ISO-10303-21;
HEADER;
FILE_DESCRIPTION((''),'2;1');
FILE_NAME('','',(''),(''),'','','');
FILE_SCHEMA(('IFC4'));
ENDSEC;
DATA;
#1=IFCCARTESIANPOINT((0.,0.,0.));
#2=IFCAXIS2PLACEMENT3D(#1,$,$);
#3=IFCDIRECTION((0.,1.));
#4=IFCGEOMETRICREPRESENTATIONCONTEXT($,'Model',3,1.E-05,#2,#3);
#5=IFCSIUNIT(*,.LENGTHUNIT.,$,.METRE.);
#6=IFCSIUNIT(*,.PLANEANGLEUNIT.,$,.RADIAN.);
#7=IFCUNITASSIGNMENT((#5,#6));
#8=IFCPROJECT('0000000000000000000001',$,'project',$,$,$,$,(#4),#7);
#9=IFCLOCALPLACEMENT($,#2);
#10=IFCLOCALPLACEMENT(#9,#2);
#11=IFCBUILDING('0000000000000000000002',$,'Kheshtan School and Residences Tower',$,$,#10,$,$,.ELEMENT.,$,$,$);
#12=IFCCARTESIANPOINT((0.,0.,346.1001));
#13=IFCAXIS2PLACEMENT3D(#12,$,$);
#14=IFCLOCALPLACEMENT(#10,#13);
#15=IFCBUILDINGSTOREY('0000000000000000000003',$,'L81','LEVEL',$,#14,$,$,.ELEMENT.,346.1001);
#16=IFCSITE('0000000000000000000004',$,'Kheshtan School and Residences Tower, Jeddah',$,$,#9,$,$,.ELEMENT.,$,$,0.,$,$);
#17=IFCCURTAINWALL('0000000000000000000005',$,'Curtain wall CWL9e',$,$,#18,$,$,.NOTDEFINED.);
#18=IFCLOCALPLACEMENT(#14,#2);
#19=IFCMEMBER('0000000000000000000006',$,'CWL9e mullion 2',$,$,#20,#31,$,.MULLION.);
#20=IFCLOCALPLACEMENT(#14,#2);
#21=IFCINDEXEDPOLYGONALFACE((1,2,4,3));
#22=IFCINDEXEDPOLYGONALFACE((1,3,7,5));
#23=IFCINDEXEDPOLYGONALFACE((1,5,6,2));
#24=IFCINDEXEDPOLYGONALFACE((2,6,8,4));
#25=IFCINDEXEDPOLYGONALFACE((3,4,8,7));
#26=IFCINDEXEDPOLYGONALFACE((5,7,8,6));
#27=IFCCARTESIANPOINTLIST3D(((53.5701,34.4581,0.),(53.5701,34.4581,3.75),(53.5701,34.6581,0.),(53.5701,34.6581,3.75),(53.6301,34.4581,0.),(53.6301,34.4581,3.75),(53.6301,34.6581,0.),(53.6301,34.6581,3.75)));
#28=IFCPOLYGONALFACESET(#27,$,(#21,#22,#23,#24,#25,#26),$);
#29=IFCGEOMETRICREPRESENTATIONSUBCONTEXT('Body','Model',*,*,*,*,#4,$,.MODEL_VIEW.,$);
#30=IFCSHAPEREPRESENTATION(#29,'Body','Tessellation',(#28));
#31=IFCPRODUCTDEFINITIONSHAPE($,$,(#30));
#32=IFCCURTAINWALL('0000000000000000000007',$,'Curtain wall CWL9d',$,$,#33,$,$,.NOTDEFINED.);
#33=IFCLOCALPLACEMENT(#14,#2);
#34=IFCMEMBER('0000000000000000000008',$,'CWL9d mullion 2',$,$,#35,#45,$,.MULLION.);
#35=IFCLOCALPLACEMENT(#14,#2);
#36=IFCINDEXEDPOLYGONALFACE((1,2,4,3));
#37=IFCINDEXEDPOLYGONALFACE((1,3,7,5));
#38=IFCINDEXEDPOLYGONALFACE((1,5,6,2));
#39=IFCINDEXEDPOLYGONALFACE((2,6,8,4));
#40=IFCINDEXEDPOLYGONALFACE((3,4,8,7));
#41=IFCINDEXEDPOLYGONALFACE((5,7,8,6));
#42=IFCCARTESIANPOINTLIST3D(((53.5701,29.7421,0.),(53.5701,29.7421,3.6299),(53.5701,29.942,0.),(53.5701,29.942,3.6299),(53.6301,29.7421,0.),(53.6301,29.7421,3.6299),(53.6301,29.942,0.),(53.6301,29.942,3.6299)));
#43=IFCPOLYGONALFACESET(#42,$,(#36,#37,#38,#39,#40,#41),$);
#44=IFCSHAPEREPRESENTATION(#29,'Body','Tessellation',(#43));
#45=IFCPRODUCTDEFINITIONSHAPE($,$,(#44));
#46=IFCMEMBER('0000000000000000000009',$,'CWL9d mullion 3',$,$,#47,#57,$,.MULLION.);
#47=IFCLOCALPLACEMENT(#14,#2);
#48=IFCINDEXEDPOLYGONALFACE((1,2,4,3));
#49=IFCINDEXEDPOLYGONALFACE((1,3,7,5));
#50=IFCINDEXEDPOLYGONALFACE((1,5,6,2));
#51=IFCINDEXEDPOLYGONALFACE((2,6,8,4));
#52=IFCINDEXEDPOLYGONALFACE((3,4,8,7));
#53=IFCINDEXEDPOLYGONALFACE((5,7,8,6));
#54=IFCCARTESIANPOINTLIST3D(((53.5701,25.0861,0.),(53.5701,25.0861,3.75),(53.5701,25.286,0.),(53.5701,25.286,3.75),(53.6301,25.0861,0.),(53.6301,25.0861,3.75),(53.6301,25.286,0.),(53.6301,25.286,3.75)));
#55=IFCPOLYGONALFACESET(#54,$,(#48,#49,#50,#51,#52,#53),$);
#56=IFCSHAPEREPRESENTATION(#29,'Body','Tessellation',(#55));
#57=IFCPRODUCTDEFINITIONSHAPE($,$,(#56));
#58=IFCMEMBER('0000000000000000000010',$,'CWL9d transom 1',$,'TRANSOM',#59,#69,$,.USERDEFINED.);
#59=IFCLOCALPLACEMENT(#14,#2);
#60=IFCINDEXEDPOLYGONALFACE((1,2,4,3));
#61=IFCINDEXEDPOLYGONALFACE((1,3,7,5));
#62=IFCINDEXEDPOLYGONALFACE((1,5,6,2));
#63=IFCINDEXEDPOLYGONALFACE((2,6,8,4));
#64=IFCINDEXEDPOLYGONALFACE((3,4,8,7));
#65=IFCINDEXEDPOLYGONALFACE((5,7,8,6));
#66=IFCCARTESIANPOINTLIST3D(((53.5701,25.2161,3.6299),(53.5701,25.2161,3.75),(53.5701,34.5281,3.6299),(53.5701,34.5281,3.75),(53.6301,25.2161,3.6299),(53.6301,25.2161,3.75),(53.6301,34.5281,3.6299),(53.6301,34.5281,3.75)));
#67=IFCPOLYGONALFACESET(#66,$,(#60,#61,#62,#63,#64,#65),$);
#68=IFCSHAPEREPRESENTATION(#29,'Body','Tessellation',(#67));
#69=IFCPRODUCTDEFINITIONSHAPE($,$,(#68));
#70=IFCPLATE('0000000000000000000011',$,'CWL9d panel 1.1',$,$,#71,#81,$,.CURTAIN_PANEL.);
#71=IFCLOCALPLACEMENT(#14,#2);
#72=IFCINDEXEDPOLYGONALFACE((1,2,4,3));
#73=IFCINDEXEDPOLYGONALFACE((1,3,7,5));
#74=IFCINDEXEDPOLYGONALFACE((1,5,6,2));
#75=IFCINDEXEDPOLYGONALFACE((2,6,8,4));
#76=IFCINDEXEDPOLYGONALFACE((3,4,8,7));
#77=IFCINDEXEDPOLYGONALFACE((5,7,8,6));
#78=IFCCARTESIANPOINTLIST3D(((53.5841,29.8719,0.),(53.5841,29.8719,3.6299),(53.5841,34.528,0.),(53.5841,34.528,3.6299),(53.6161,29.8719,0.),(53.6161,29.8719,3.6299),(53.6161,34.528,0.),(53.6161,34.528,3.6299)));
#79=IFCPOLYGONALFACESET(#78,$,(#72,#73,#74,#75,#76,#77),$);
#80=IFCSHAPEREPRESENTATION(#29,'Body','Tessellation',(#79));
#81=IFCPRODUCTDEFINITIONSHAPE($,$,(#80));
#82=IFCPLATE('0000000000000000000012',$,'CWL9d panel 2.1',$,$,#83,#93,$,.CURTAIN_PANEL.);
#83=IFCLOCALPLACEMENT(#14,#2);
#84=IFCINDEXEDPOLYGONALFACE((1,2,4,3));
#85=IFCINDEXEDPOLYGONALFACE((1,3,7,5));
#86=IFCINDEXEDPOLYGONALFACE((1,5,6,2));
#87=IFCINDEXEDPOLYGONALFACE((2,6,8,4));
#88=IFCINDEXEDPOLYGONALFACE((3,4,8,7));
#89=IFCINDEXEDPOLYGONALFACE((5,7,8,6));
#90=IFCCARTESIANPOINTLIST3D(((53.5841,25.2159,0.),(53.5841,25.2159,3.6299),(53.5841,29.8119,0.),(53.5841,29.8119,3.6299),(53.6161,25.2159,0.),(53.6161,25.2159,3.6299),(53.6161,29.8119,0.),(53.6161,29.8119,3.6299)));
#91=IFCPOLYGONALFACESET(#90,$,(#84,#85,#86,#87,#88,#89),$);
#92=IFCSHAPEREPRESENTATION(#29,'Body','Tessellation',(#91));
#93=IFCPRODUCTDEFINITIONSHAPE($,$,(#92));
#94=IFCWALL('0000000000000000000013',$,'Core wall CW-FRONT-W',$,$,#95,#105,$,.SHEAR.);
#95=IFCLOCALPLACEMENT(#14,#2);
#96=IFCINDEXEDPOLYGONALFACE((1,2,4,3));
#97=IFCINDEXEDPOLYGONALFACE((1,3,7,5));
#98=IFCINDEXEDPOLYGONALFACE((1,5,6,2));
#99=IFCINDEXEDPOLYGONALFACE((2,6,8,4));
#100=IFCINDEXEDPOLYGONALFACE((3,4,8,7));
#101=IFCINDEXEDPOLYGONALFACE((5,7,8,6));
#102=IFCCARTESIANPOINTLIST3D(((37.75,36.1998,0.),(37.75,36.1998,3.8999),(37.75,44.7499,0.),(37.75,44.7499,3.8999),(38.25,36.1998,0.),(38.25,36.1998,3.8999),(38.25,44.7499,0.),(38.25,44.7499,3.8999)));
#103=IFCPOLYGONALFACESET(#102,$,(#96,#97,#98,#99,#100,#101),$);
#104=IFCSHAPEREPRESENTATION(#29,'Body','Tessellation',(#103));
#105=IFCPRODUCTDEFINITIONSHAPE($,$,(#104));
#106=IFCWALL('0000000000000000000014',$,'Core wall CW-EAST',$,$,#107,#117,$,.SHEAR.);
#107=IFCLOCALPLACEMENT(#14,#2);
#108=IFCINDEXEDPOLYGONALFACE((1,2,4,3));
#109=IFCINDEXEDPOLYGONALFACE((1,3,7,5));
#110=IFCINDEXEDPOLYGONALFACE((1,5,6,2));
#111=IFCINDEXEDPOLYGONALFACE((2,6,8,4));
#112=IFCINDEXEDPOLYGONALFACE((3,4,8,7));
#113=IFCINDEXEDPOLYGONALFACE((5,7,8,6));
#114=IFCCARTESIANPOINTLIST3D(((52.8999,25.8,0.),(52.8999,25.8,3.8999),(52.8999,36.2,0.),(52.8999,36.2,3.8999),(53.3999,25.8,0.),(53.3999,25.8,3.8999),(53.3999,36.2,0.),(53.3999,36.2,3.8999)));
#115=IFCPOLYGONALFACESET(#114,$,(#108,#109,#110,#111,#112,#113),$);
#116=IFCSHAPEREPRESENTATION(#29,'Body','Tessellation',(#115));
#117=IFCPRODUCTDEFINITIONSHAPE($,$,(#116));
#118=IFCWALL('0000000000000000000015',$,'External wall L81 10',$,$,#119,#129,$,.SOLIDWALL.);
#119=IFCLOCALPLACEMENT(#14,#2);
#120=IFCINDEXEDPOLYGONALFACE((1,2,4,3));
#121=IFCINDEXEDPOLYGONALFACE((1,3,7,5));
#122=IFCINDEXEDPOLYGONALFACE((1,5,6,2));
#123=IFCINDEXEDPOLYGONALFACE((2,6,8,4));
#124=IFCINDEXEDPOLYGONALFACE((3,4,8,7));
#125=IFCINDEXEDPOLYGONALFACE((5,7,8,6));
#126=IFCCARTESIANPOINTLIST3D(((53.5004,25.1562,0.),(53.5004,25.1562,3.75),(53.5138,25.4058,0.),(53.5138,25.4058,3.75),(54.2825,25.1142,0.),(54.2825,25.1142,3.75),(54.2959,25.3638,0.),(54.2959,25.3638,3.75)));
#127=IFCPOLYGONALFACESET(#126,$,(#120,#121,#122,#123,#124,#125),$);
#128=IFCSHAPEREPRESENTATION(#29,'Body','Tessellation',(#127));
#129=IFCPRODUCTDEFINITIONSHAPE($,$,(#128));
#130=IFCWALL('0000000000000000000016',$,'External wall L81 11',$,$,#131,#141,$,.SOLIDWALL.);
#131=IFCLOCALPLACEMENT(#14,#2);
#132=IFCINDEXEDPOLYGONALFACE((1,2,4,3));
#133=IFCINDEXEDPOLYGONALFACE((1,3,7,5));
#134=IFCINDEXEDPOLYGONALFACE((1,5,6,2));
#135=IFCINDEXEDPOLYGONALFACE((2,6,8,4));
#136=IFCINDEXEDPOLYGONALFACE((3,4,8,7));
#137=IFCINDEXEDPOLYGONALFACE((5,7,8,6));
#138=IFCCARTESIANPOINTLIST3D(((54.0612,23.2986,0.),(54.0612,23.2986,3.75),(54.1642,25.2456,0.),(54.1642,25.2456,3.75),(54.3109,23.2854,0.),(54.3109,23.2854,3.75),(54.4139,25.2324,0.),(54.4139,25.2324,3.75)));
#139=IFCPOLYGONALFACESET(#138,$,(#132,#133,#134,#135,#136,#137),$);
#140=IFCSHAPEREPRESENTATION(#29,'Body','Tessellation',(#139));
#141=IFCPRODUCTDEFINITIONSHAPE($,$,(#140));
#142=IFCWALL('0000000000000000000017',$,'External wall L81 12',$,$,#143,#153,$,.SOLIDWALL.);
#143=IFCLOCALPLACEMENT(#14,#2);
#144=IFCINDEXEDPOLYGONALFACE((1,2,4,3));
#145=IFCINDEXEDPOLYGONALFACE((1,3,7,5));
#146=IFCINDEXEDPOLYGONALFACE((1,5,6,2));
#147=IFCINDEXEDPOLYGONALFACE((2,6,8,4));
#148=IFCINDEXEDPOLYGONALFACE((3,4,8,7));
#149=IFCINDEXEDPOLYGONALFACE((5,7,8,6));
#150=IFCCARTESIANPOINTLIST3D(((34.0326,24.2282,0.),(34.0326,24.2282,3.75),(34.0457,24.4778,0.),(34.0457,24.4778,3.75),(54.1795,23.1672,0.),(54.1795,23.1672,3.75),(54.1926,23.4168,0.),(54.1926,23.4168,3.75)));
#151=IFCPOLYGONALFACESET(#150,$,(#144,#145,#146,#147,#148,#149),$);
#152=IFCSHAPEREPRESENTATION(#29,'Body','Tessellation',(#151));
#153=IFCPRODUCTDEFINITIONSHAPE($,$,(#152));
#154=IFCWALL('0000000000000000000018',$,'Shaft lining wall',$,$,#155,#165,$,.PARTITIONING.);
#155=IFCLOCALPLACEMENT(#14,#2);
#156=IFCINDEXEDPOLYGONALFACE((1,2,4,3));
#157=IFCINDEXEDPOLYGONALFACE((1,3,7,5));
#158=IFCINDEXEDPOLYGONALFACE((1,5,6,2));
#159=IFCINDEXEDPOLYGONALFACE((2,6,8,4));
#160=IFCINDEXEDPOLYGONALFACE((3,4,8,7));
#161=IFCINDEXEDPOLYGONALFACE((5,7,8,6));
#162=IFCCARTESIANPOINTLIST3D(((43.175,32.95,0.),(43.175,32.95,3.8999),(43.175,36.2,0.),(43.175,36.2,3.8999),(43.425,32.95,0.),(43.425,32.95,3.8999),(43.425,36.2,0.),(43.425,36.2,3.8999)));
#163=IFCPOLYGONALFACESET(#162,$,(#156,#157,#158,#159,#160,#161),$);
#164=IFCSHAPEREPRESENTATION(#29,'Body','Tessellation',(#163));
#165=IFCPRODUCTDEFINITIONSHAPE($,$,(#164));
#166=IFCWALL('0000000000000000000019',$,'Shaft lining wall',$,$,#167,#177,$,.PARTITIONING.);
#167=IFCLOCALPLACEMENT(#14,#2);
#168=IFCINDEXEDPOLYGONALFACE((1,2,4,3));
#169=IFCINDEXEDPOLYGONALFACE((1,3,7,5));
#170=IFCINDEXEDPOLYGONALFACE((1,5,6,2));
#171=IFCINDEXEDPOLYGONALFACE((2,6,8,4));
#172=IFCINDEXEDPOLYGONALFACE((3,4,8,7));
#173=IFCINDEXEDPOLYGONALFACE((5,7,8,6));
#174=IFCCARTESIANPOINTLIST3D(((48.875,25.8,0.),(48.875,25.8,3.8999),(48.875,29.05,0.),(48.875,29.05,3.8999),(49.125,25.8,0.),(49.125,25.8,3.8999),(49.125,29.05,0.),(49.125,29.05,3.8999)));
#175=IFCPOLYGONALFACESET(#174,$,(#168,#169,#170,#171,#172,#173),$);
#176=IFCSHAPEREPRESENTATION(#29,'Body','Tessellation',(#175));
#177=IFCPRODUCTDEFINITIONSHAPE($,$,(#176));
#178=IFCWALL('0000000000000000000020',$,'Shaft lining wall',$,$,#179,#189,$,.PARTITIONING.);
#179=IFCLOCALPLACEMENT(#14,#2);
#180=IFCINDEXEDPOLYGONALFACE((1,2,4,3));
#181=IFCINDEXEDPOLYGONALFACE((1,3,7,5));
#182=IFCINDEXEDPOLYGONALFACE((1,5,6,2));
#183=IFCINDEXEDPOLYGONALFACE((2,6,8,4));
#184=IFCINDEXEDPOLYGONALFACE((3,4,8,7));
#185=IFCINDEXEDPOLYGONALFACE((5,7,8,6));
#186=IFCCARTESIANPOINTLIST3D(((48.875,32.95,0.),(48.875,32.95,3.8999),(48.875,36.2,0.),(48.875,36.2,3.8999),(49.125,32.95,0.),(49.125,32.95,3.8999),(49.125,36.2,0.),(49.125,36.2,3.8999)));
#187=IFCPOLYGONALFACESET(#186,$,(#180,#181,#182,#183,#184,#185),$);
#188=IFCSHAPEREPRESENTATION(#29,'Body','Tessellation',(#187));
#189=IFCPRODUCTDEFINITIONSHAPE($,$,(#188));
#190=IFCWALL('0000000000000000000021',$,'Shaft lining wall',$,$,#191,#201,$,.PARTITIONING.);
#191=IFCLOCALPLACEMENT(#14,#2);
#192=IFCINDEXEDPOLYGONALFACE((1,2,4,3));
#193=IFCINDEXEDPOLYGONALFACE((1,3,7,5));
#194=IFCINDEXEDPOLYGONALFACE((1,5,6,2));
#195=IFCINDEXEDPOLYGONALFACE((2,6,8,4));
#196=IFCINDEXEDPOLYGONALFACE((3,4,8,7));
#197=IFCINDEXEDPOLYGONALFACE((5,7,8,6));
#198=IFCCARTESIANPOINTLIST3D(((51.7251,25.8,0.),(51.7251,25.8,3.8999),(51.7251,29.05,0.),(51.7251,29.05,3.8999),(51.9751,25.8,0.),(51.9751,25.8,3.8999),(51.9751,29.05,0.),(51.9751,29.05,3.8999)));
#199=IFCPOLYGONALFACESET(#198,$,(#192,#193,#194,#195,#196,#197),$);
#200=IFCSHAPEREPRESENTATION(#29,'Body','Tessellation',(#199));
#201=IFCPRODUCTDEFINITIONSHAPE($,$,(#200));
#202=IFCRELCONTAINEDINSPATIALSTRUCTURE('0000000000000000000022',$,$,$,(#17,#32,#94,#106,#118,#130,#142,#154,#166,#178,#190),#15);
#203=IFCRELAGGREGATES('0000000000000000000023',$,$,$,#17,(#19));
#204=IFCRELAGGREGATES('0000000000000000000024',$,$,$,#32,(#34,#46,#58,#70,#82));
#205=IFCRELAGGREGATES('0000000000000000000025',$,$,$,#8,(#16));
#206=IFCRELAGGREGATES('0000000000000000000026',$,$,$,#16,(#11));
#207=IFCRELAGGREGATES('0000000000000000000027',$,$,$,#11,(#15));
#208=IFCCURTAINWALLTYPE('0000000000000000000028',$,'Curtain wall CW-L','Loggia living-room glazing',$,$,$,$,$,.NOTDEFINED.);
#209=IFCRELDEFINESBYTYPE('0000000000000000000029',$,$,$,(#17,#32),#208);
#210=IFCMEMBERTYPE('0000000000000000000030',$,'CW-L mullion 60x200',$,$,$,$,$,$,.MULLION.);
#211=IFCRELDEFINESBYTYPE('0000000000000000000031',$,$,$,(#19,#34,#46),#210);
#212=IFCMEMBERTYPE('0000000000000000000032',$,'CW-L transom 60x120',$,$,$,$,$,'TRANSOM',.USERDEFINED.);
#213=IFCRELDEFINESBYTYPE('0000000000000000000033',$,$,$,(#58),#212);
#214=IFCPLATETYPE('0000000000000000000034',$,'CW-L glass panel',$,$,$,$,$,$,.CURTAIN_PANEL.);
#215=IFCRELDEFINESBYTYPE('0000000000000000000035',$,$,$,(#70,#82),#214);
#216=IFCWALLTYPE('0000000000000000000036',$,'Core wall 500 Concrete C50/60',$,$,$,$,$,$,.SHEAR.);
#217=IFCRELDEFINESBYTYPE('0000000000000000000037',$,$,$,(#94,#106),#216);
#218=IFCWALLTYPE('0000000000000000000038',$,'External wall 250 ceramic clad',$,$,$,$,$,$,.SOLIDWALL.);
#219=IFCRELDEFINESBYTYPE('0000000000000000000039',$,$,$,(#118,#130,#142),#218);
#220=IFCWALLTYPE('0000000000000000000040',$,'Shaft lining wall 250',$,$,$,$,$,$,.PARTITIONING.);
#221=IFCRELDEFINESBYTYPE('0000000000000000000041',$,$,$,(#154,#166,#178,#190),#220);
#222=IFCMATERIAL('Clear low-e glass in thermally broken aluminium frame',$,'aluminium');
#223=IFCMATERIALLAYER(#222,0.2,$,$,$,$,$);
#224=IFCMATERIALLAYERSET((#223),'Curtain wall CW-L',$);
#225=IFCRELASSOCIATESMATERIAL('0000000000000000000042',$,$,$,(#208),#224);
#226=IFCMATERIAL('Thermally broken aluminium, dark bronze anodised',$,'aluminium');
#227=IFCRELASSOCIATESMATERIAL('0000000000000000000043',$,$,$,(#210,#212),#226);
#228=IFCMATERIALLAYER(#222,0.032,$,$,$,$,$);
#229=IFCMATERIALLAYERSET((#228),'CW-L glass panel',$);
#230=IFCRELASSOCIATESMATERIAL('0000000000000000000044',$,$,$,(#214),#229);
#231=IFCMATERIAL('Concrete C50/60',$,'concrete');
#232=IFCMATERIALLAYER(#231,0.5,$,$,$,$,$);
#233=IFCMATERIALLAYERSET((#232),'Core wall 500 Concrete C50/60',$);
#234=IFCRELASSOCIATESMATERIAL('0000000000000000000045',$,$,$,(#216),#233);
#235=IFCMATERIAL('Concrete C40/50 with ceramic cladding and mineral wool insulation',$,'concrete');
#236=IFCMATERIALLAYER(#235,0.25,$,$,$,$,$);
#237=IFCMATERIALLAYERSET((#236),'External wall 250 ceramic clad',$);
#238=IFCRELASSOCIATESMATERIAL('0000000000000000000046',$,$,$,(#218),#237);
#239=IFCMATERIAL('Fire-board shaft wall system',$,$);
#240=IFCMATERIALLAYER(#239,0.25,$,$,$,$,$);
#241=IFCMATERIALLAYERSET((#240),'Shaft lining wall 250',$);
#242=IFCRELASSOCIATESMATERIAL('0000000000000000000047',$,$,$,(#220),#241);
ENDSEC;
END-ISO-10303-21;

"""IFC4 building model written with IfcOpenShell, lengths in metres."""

from ifc_helpers import new_model, si_unit, direction, frame, frame_2d, origin, origin_2d, place, context, subcontext, project, spatial, rectangle, extrude, material, layer, layer_set, material_profile, profile_set, type_object, element, aggregate, save


model = new_model("IFC4")

# Units and contexts
model_context = context("Model", 3, precision=1e-05, world=origin(), true_north=direction((0.0, 1.0)))
body_context = subcontext(model_context, "Body", "Model", "MODEL_VIEW")
ifc_project = project(units=[si_unit("LENGTHUNIT", "METRE"), si_unit("PLANEANGLEUNIT", "RADIAN")], contexts=[model_context])

# Site, building, storey
site_placement = place(None, origin())
site = spatial("IfcSite", under=ifc_project, at=site_placement, Name="Kheshtan School and Residences Tower, Jeddah", CompositionType="ELEMENT", RefElevation=0.0)
building_placement = place(site_placement, origin())
building = spatial("IfcBuilding", under=site, at=building_placement, Name="Kheshtan School and Residences Tower", CompositionType="ELEMENT")
storey_placement = place(building_placement, frame((0.0, 0.0, 346.1001)))
storey = spatial("IfcBuildingStorey", under=building, at=storey_placement, Name="L81", Description="LEVEL", CompositionType="ELEMENT", Elevation=346.1001)

# Curtain wall, member
ifc_material_1 = material(Name="Clear low-e glass in thermally broken aluminium frame", Category="aluminium")
ifc_layer_1 = layer(ifc_material_1, 0.2)
ifc_layer_set_1 = layer_set([ifc_layer_1], Name="Curtain wall CW-L")
curtain_wall_type = type_object("IfcCurtainWallType", Name="Curtain wall CW-L", Description="Loggia living-room glazing", PredefinedType="NOTDEFINED", material=ifc_layer_set_1)
curtain_wall_1_placement = place(storey_placement, origin())
curtain_wall_1 = element("IfcCurtainWall", 1, at=curtain_wall_1_placement, inside=storey, type_object=curtain_wall_type, Name="Curtain wall CWL9e", PredefinedType="NOTDEFINED")
ifc_material_2 = material(Name="Thermally broken aluminium, dark bronze anodised", Category="aluminium")
ifc_material_profile_1 = material_profile(ifc_material_2, rectangle(XDim=0.0601, YDim=0.2, at=origin_2d()), Name="CW-L mullion 60x200")
ifc_profile_set_1 = profile_set([ifc_material_profile_1], Name="Thermally broken aluminium, dark bronze anodised")
member_type_1 = type_object("IfcMemberType", Name="CW-L mullion 60x200", PredefinedType="MULLION", material=ifc_profile_set_1)
member_1_placement = place(storey_placement, frame((53.6001, 34.5581, 0.0), z_axis=(0.0, 0.0, 1.0), x_axis=(1.0, 0.0, 0.0)))
member_1 = element("IfcMember", 2, at=member_1_placement, type_object=member_type_1, Name="CWL9e mullion 2", PredefinedType="MULLION", context=body_context, shape_type="SweptSolid", body=[
    extrude(rectangle(XDim=0.0601, YDim=0.2, at=origin_2d()), origin(), (0.0, 0.0, 1.0), 3.75),
])
aggregate(curtain_wall_1, [member_1])

# Curtain wall, members, plates
curtain_wall_2_placement = place(storey_placement, origin())
curtain_wall_2 = element("IfcCurtainWall", 3, at=curtain_wall_2_placement, inside=storey, type_object=curtain_wall_type, Name="Curtain wall CWL9d", PredefinedType="NOTDEFINED")
member_2_placement = place(storey_placement, frame((53.6001, 29.842, 0.0), z_axis=(0.0, 0.0, 1.0), x_axis=(1.0, 0.0, 0.0)))
member_2 = element("IfcMember", 4, at=member_2_placement, type_object=member_type_1, Name="CWL9d mullion 2", PredefinedType="MULLION", context=body_context, shape_type="SweptSolid", body=[
    extrude(rectangle(XDim=0.0601, YDim=0.2, at=origin_2d()), origin(), (0.0, 0.0, 1.0), 3.6299),
])
member_3_placement = place(storey_placement, frame((53.6001, 25.186, 0.0), z_axis=(0.0, 0.0, 1.0), x_axis=(1.0, 0.0, 0.0)))
member_3 = element("IfcMember", 5, at=member_3_placement, type_object=member_type_1, Name="CWL9d mullion 3", PredefinedType="MULLION", context=body_context, shape_type="SweptSolid", body=[
    extrude(rectangle(XDim=0.0601, YDim=0.2, at=origin_2d()), origin(), (0.0, 0.0, 1.0), 3.75),
])
ifc_material_profile_2 = material_profile(ifc_material_2, rectangle(XDim=0.0601, YDim=0.1201, at=origin_2d()), Name="CW-L transom 60x120")
ifc_profile_set_2 = profile_set([ifc_material_profile_2], Name="Thermally broken aluminium, dark bronze anodised")
member_type_2 = type_object("IfcMemberType", Name="CW-L transom 60x120", ElementType="TRANSOM", PredefinedType="USERDEFINED", material=ifc_profile_set_2)
member_4_placement = place(storey_placement, frame((53.6001, 34.5281, 3.6899), z_axis=(0.0, -1.0, 0.0), x_axis=(1.0, 0.0, 0.0)))
member_4 = element("IfcMember", 6, at=member_4_placement, type_object=member_type_2, Name="CWL9d transom 1", ObjectType="TRANSOM", PredefinedType="USERDEFINED", context=body_context, shape_type="SweptSolid", body=[
    extrude(rectangle(XDim=0.0601, YDim=0.1201, at=origin_2d()), origin(), (0.0, 0.0, 1.0), 9.312),
])
ifc_layer_2 = layer(ifc_material_1, 0.032)
ifc_layer_set_2 = layer_set([ifc_layer_2], Name="CW-L glass panel")
plate_type = type_object("IfcPlateType", Name="CW-L glass panel", PredefinedType="CURTAIN_PANEL", material=ifc_layer_set_2)
plate_1_placement = place(storey_placement, frame((53.6001, 32.2, 0.0), z_axis=(0.0, 0.0, 1.0), x_axis=(0.0, -1.0, 0.0)))
plate_1 = element("IfcPlate", 7, at=plate_1_placement, type_object=plate_type, Name="CWL9d panel 1.1", PredefinedType="CURTAIN_PANEL", context=body_context, shape_type="SweptSolid", body=[
    extrude(rectangle(XDim=4.656, YDim=0.032, at=origin_2d()), origin(), (0.0, 0.0, 1.0), 3.6299),
])
plate_2_placement = place(storey_placement, frame((53.6001, 27.5139, 0.0), z_axis=(0.0, 0.0, 1.0), x_axis=(0.0, -1.0, 0.0)))
plate_2 = element("IfcPlate", 8, at=plate_2_placement, type_object=plate_type, Name="CWL9d panel 2.1", PredefinedType="CURTAIN_PANEL", context=body_context, shape_type="SweptSolid", body=[
    extrude(rectangle(XDim=4.5959, YDim=0.032, at=origin_2d()), origin(), (0.0, 0.0, 1.0), 3.6299),
])
aggregate(curtain_wall_2, [member_2, member_3, member_4, plate_1, plate_2])

# Walls
ifc_material_3 = material(Name="Concrete C50/60", Category="concrete")
ifc_layer_3 = layer(ifc_material_3, 0.5)
ifc_layer_set_3 = layer_set([ifc_layer_3], Name="Core wall 500 Concrete C50/60")
wall_type_1 = type_object("IfcWallType", Name="Core wall 500 Concrete C50/60", PredefinedType="SHEAR", material=ifc_layer_set_3)
wall_1_placement = place(storey_placement, frame((38.0, 36.2, 0.0), z_axis=(0.0, 0.0, 1.0), x_axis=(0.0, 1.0, 0.0)))
element("IfcWall", 9, at=wall_1_placement, inside=storey, type_object=wall_type_1, Name="Core wall CW-FRONT-W", PredefinedType="SHEAR", context=body_context, shape_type="SweptSolid", body=[
    extrude(rectangle(XDim=8.55, YDim=0.5, at=frame_2d((4.2749, 0.0))), origin(), (0.0, 0.0, 1.0), 3.8999),
])
wall_2_placement = place(storey_placement, frame((53.1499, 25.8, 0.0), z_axis=(0.0, 0.0, 1.0), x_axis=(0.0, 1.0, 0.0)))
element("IfcWall", 10, at=wall_2_placement, inside=storey, type_object=wall_type_1, Name="Core wall CW-EAST", PredefinedType="SHEAR", context=body_context, shape_type="SweptSolid", body=[
    extrude(rectangle(XDim=10.3999, YDim=0.5, at=frame_2d((5.2, 0.0))), origin(), (0.0, 0.0, 1.0), 3.8999),
])
ifc_material_4 = material(Name="Concrete C40/50 with ceramic cladding and mineral wool insulation", Category="concrete")
ifc_layer_4 = layer(ifc_material_4, 0.25)
ifc_layer_set_4 = layer_set([ifc_layer_4], Name="External wall 250 ceramic clad")
wall_type_2 = type_object("IfcWallType", Name="External wall 250 ceramic clad", PredefinedType="SOLIDWALL", material=ifc_layer_set_4)
wall_3_placement = place(storey_placement, frame((53.5071, 25.281, 0.0), z_axis=(0.0, 0.0, 1.0), x_axis=(0.998561, -0.053622, 0.0)))
element("IfcWall", 11, at=wall_3_placement, inside=storey, type_object=wall_type_2, Name="External wall L81 10", PredefinedType="SOLIDWALL", context=body_context, shape_type="SweptSolid", body=[
    extrude(rectangle(XDim=0.7832, YDim=0.25, at=frame_2d((0.3916, 0.0))), origin(), (0.0, 0.0, 1.0), 3.75),
])
wall_4_placement = place(storey_placement, frame((54.2891, 25.239, 0.0), z_axis=(0.0, 0.0, 1.0), x_axis=(-0.052841, -0.998603, 0.0)))
element("IfcWall", 12, at=wall_4_placement, inside=storey, type_object=wall_type_2, Name="External wall L81 11", PredefinedType="SOLIDWALL", context=body_context, shape_type="SweptSolid", body=[
    extrude(rectangle(XDim=1.9497, YDim=0.25, at=frame_2d((0.9749, 0.0))), origin(), (0.0, 0.0, 1.0), 3.75),
])
wall_5_placement = place(storey_placement, frame((54.186, 23.292, 0.0), z_axis=(0.0, 0.0, 1.0), x_axis=(-0.998616, 0.052592, 0.0)))
element("IfcWall", 13, at=wall_5_placement, inside=storey, type_object=wall_type_2, Name="External wall L81 12", PredefinedType="SOLIDWALL", context=body_context, shape_type="SweptSolid", body=[
    extrude(rectangle(XDim=20.1748, YDim=0.25, at=frame_2d((10.0874, 0.0))), origin(), (0.0, 0.0, 1.0), 3.75),
])
ifc_material_5 = material(Name="Fire-board shaft wall system")
ifc_layer_5 = layer(ifc_material_5, 0.25)
ifc_layer_set_5 = layer_set([ifc_layer_5], Name="Shaft lining wall 250")
wall_type_3 = type_object("IfcWallType", Name="Shaft lining wall 250", PredefinedType="PARTITIONING", material=ifc_layer_set_5)
for number, where, z_axis, x_axis, name in (
    (14, (43.3, 32.95, 0.0), (0.0, 0.0, 1.0), (0.0, 1.0, 0.0), "Shaft lining wall"),
    (15, (49.0, 25.8, 0.0), (0.0, 0.0, 1.0), (0.0, 1.0, 0.0), "Shaft lining wall"),
    (16, (49.0, 32.95, 0.0), (0.0, 0.0, 1.0), (0.0, 1.0, 0.0), "Shaft lining wall"),
    (17, (51.8501, 25.8, 0.0), (0.0, 0.0, 1.0), (0.0, 1.0, 0.0), "Shaft lining wall"),
):
    element("IfcWall", number, at=place(storey_placement, frame(where, z_axis=z_axis, x_axis=x_axis)), inside=storey, type_object=wall_type_3, Name=name, PredefinedType="PARTITIONING", context=body_context, shape_type="SweptSolid", body=[
        extrude(rectangle(XDim=3.25, YDim=0.25, at=frame_2d((1.625, 0.0))), origin(), (0.0, 0.0, 1.0), 3.8999),
    ])

save(model, "model.ifc")
